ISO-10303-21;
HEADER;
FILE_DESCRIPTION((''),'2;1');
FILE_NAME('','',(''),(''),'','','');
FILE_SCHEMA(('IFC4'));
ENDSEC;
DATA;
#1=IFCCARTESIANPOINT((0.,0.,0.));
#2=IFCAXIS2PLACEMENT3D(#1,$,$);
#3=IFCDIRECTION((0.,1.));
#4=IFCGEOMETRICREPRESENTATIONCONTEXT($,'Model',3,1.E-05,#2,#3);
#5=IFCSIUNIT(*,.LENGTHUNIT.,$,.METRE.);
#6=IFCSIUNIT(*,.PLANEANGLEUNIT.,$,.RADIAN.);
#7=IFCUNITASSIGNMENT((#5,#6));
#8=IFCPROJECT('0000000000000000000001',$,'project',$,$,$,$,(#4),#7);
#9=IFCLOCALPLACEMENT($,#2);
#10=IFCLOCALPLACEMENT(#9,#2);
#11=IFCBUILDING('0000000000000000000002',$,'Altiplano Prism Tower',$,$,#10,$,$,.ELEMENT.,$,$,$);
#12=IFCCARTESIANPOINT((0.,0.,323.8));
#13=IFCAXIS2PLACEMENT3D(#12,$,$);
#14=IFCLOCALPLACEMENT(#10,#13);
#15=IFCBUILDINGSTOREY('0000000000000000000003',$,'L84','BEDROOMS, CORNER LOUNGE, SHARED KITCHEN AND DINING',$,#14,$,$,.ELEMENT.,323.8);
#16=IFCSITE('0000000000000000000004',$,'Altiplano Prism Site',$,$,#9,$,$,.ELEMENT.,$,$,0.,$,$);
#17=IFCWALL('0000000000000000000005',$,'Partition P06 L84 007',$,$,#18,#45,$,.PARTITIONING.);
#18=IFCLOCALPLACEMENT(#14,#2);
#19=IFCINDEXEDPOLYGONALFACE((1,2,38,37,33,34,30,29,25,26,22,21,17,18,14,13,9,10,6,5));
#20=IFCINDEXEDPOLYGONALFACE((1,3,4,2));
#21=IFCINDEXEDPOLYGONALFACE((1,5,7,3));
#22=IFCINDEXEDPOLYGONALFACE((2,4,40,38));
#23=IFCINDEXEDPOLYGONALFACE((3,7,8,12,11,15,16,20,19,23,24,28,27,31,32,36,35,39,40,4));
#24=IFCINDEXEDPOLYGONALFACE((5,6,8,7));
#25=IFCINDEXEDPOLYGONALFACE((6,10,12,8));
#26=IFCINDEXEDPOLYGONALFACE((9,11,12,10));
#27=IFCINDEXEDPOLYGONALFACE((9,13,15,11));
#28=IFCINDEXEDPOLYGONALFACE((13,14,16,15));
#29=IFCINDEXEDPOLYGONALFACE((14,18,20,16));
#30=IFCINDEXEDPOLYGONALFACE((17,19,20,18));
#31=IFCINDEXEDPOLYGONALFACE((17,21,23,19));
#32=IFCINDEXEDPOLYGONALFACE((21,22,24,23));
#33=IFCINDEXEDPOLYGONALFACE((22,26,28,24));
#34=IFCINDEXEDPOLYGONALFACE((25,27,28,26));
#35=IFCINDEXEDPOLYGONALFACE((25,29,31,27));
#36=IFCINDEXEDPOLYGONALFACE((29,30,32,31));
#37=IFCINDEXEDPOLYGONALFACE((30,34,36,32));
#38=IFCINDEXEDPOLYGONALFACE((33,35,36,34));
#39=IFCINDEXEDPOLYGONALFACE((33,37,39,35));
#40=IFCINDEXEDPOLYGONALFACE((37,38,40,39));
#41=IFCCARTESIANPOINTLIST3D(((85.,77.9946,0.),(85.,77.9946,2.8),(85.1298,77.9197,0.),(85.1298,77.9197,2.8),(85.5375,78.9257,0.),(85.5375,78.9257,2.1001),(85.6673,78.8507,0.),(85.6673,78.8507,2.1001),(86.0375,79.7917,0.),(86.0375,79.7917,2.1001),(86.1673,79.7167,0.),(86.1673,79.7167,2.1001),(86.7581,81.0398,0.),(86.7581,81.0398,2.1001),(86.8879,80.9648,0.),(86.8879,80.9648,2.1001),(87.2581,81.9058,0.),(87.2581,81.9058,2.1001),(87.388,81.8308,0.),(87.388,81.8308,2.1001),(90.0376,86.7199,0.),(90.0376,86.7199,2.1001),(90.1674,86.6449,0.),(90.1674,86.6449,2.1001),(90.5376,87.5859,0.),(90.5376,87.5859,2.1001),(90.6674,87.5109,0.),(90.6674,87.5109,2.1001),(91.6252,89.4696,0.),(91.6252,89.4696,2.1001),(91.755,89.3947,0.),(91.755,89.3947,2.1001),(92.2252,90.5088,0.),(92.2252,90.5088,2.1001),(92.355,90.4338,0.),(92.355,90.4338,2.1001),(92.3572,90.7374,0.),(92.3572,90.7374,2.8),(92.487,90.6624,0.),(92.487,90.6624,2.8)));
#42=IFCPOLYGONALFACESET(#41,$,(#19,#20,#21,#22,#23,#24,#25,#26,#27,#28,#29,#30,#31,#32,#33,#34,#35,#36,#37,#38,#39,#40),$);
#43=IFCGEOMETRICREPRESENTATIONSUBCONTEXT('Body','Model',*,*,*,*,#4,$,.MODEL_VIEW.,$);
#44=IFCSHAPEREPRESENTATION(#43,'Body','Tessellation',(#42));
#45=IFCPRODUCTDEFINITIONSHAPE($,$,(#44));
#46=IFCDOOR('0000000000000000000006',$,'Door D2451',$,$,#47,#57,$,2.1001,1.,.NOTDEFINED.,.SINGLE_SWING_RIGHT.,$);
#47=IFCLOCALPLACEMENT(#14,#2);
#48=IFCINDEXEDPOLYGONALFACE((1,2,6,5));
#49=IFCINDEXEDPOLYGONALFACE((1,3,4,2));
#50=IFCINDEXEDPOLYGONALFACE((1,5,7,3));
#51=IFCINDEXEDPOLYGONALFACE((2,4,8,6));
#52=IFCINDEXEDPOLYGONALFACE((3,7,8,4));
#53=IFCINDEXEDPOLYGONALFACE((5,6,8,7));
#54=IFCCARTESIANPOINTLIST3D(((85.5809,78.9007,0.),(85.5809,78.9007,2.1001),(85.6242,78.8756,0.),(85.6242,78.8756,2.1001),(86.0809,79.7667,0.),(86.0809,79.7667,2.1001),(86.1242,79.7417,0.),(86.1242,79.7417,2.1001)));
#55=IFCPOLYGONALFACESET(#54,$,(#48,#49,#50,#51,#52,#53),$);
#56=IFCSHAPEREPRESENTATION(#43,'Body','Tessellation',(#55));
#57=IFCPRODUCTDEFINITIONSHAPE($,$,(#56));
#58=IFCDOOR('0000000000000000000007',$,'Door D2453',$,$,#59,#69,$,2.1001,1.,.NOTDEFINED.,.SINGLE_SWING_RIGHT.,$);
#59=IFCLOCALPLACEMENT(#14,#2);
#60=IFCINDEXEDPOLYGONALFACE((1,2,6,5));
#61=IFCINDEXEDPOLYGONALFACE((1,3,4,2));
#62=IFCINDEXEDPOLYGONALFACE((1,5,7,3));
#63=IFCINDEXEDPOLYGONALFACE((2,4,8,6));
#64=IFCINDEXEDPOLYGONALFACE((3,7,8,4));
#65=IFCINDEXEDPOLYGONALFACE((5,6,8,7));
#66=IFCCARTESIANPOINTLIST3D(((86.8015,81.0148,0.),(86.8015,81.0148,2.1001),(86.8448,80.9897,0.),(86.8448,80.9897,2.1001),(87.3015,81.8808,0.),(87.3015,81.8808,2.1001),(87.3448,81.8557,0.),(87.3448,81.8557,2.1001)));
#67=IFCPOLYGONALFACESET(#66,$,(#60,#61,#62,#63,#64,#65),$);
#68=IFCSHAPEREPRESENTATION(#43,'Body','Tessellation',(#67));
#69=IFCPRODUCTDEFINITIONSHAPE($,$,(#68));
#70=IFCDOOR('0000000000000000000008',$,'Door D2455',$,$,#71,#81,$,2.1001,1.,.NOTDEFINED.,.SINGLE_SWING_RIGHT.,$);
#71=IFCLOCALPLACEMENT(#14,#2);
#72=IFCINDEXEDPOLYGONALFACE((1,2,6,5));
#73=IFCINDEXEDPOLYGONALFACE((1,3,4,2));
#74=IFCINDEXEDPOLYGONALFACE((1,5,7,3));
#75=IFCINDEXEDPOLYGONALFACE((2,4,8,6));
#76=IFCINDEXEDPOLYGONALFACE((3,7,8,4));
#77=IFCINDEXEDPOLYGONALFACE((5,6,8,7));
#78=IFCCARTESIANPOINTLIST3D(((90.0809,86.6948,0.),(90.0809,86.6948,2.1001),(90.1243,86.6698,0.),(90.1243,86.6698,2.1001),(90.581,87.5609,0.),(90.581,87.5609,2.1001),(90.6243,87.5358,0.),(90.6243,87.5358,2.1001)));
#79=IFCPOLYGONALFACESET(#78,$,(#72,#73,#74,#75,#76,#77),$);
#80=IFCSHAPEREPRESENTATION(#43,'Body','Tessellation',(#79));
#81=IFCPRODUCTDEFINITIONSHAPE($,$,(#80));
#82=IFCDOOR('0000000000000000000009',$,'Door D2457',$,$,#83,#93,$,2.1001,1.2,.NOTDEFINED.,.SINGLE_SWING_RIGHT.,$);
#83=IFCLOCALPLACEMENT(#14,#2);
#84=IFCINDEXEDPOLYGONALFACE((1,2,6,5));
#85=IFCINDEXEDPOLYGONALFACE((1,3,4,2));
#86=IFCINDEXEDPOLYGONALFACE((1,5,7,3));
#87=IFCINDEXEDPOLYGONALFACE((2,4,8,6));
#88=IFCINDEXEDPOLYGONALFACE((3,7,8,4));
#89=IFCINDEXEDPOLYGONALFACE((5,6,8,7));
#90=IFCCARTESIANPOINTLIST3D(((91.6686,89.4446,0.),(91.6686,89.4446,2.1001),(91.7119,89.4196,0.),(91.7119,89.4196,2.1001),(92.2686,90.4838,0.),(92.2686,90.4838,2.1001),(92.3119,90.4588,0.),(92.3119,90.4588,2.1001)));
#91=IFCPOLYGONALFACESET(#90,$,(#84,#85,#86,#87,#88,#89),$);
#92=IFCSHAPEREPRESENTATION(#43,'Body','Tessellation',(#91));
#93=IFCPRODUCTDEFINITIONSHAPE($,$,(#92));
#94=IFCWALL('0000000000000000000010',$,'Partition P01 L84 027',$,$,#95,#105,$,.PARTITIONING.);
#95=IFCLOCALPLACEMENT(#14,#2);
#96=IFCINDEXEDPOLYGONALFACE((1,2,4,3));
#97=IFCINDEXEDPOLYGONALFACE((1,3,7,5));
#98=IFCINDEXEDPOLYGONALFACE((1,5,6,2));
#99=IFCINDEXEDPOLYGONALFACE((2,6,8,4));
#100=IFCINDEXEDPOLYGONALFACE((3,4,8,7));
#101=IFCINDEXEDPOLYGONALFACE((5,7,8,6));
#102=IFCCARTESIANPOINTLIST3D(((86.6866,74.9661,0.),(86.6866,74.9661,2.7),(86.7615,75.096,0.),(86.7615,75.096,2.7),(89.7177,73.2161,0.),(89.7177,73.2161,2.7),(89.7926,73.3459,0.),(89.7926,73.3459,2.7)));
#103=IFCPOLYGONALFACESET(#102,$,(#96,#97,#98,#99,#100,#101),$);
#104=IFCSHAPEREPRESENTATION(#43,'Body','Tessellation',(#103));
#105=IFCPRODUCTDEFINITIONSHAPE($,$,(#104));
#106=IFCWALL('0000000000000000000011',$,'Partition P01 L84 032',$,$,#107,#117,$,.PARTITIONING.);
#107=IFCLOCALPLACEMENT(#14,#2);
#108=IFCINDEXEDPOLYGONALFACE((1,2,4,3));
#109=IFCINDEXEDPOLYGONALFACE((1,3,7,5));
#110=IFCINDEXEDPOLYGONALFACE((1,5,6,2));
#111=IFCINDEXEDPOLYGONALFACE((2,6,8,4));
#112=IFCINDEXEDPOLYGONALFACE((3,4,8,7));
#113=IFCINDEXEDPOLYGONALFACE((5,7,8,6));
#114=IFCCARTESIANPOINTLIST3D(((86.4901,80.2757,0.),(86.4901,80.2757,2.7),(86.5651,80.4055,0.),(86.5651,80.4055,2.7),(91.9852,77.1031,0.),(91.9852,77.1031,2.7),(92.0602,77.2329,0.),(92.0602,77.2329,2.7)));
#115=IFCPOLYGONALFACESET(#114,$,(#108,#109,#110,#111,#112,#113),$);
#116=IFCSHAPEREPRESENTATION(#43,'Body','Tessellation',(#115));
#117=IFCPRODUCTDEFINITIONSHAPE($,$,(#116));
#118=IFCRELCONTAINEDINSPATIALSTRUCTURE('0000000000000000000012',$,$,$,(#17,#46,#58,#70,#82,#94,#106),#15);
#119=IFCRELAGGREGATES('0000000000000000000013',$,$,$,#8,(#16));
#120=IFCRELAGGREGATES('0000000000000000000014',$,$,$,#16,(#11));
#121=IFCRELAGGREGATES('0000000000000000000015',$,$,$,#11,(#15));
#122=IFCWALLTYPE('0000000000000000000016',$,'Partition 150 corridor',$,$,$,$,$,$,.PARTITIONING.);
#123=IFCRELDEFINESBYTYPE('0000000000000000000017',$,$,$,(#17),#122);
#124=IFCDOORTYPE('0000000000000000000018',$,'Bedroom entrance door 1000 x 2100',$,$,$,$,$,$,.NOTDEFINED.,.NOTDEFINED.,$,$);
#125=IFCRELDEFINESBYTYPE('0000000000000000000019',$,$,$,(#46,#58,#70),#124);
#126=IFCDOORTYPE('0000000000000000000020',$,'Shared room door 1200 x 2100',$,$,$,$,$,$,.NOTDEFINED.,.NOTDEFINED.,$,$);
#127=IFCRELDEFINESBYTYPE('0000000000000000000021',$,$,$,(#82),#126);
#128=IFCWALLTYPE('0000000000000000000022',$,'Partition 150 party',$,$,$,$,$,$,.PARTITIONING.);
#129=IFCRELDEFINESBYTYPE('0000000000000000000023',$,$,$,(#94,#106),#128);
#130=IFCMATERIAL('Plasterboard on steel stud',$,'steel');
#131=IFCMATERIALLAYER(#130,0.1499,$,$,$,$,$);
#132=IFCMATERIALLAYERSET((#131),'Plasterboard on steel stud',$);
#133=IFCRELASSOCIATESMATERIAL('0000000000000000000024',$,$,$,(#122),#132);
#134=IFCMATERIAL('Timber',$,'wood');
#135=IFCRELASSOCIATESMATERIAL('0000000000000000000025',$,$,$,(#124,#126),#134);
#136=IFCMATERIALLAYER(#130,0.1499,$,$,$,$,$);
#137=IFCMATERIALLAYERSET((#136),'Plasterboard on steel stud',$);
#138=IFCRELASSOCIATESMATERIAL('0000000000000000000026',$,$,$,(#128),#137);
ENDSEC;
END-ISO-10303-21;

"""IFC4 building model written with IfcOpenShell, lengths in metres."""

from ifc_helpers import new_model, si_unit, direction, frame, frame_2d, origin, place, context, subcontext, project, spatial, rectangle, extrude, material, layer, layer_set, type_object, element, fill, save


model = new_model("IFC4")

# Units and contexts
model_context = context("Model", 3, precision=1e-05, world=origin(), true_north=direction((0.0, 1.0)))
body_context = subcontext(model_context, "Body", "Model", "MODEL_VIEW")
ifc_project = project(units=[si_unit("LENGTHUNIT", "METRE"), si_unit("PLANEANGLEUNIT", "RADIAN")], contexts=[model_context])

# Site, building, storey
site_placement = place(None, origin())
site = spatial("IfcSite", under=ifc_project, at=site_placement, Name="Altiplano Prism Site", CompositionType="ELEMENT", RefElevation=0.0)
building_placement = place(site_placement, origin())
building = spatial("IfcBuilding", under=site, at=building_placement, Name="Altiplano Prism Tower", CompositionType="ELEMENT")
storey_placement = place(building_placement, frame((0.0, 0.0, 323.8)))
storey = spatial("IfcBuildingStorey", under=building, at=storey_placement, Name="L84", Description="BEDROOMS, CORNER LOUNGE, SHARED KITCHEN AND DINING", CompositionType="ELEMENT", Elevation=323.8)

# Shared definitions
ifc_material_1 = material(Name="Plasterboard on steel stud", Category="steel")
ifc_material_2 = material(Name="Timber", Category="wood")

# Wall, openings, doors
ifc_layer_1 = layer(ifc_material_1, 0.1499)
ifc_layer_set_1 = layer_set([ifc_layer_1], Name="Plasterboard on steel stud")
wall_type_1 = type_object("IfcWallType", Name="Partition 150 corridor", PredefinedType="PARTITIONING", material=ifc_layer_set_1)
wall_1_placement = place(storey_placement, frame((85.0649, 77.9573, 0.0), z_axis=(0.0, 0.0, 1.0), x_axis=(0.50001, 0.86602, 0.0)))
wall_1 = element("IfcWall", 1, at=wall_1_placement, inside=storey, type_object=wall_type_1, Name="Partition P06 L84 007", PredefinedType="PARTITIONING", context=body_context, shape_type="SweptSolid", body=[
    extrude(rectangle(XDim=14.7141, YDim=0.1499, at=frame_2d((7.3569, 0.0))), origin(), (0.0, 0.0, 1.0), 2.8),
])
opening_1_placement = place(wall_1_placement, frame((1.075, 0.0, 0.0)))
opening_1 = element("IfcOpeningElement", 2, at=opening_1_placement, cuts=wall_1, PredefinedType="OPENING", context=body_context, shape_type="SweptSolid", body=[
    extrude(rectangle(XDim=1.0, YDim=2.1001, at=frame_2d((0.5, 1.05))), frame((0.0, 0.0854, 0.0), z_axis=(0.0, -1.0, 0.0), x_axis=(1.0, 0.0, 0.0)), (0.0, 0.0, 1.0), 0.1709),
])
opening_2_placement = place(wall_1_placement, frame((3.5161, 0.0, 0.0)))
opening_2 = element("IfcOpeningElement", 3, at=opening_2_placement, cuts=wall_1, PredefinedType="OPENING", context=body_context, shape_type="SweptSolid", body=[
    extrude(rectangle(XDim=1.0, YDim=2.1001, at=frame_2d((0.5, 1.05))), frame((0.0, 0.0854, 0.0), z_axis=(0.0, -1.0, 0.0), x_axis=(1.0, 0.0, 0.0)), (0.0, 0.0, 1.0), 0.1709),
])
opening_3_placement = place(wall_1_placement, frame((10.075, 0.0, 0.0)))
opening_3 = element("IfcOpeningElement", 4, at=opening_3_placement, cuts=wall_1, PredefinedType="OPENING", context=body_context, shape_type="SweptSolid", body=[
    extrude(rectangle(XDim=1.0, YDim=2.1001, at=frame_2d((0.5, 1.05))), frame((0.0, 0.0854, 0.0), z_axis=(0.0, -1.0, 0.0), x_axis=(1.0, 0.0, 0.0)), (0.0, 0.0, 1.0), 0.1709),
])
opening_4_placement = place(wall_1_placement, frame((13.25, 0.0, 0.0)))
opening_4 = element("IfcOpeningElement", 5, at=opening_4_placement, cuts=wall_1, PredefinedType="OPENING", context=body_context, shape_type="SweptSolid", body=[
    extrude(rectangle(XDim=1.2, YDim=2.1001, at=frame_2d((0.6001, 1.05))), frame((0.0, 0.0854, 0.0), z_axis=(0.0, -1.0, 0.0), x_axis=(1.0, 0.0, 0.0)), (0.0, 0.0, 1.0), 0.1709),
])
door_type_1 = type_object("IfcDoorType", Name="Bedroom entrance door 1000 x 2100", OperationType="NOTDEFINED", PredefinedType="NOTDEFINED", material=ifc_material_2)
door_1_placement = place(opening_1_placement, origin())
door_1 = element("IfcDoor", 6, at=door_1_placement, inside=storey, type_object=door_type_1, Name="Door D2451", OperationType="SINGLE_SWING_RIGHT", OverallHeight=2.1001, OverallWidth=1.0, PredefinedType="NOTDEFINED", context=body_context, shape_type="SweptSolid", body=[
    extrude(rectangle(XDim=1.0, YDim=2.1001, at=frame_2d((0.5, 1.05))), frame((0.0, 0.0249, 0.0), z_axis=(0.0, -1.0, 0.0), x_axis=(1.0, 0.0, 0.0)), (0.0, 0.0, 1.0), 0.05),
])
fill(opening_1, door_1)
door_2_placement = place(opening_2_placement, origin())
door_2 = element("IfcDoor", 7, at=door_2_placement, inside=storey, type_object=door_type_1, Name="Door D2453", OperationType="SINGLE_SWING_RIGHT", OverallHeight=2.1001, OverallWidth=1.0, PredefinedType="NOTDEFINED", context=body_context, shape_type="SweptSolid", body=[
    extrude(rectangle(XDim=1.0, YDim=2.1001, at=frame_2d((0.5, 1.05))), frame((0.0, 0.0249, 0.0), z_axis=(0.0, -1.0, 0.0), x_axis=(1.0, 0.0, 0.0)), (0.0, 0.0, 1.0), 0.05),
])
fill(opening_2, door_2)
door_3_placement = place(opening_3_placement, origin())
door_3 = element("IfcDoor", 8, at=door_3_placement, inside=storey, type_object=door_type_1, Name="Door D2455", OperationType="SINGLE_SWING_RIGHT", OverallHeight=2.1001, OverallWidth=1.0, PredefinedType="NOTDEFINED", context=body_context, shape_type="SweptSolid", body=[
    extrude(rectangle(XDim=1.0, YDim=2.1001, at=frame_2d((0.5, 1.05))), frame((0.0, 0.0249, 0.0), z_axis=(0.0, -1.0, 0.0), x_axis=(1.0, 0.0, 0.0)), (0.0, 0.0, 1.0), 0.05),
])
fill(opening_3, door_3)
door_type_2 = type_object("IfcDoorType", Name="Shared room door 1200 x 2100", OperationType="NOTDEFINED", PredefinedType="NOTDEFINED", material=ifc_material_2)
door_4_placement = place(opening_4_placement, origin())
door_4 = element("IfcDoor", 9, at=door_4_placement, inside=storey, type_object=door_type_2, Name="Door D2457", OperationType="SINGLE_SWING_RIGHT", OverallHeight=2.1001, OverallWidth=1.2, PredefinedType="NOTDEFINED", context=body_context, shape_type="SweptSolid", body=[
    extrude(rectangle(XDim=1.2, YDim=2.1001, at=frame_2d((0.6001, 1.05))), frame((0.0, 0.0249, 0.0), z_axis=(0.0, -1.0, 0.0), x_axis=(1.0, 0.0, 0.0)), (0.0, 0.0, 1.0), 0.05),
])
fill(opening_4, door_4)

# Walls
ifc_layer_2 = layer(ifc_material_1, 0.1499)
ifc_layer_set_2 = layer_set([ifc_layer_2], Name="Plasterboard on steel stud")
wall_type_2 = type_object("IfcWallType", Name="Partition 150 party", PredefinedType="PARTITIONING", material=ifc_layer_set_2)
wall_2_placement = place(storey_placement, frame((89.7551, 73.281, 0.0), z_axis=(0.0, 0.0, 1.0), x_axis=(-0.866019, 0.50001, 0.0)))
element("IfcWall", 10, at=wall_2_placement, inside=storey, type_object=wall_type_2, Name="Partition P01 L84 027", PredefinedType="PARTITIONING", context=body_context, shape_type="SweptSolid", body=[
    extrude(rectangle(XDim=3.5, YDim=0.1499, at=frame_2d((1.75, 0.0))), origin(), (0.0, 0.0, 1.0), 2.7),
])
wall_3_placement = place(storey_placement, frame((92.0227, 77.168, 0.0), z_axis=(0.0, 0.0, 1.0), x_axis=(-0.866025, 0.5, 0.0)))
element("IfcWall", 11, at=wall_3_placement, inside=storey, type_object=wall_type_2, Name="Partition P01 L84 032", PredefinedType="PARTITIONING", context=body_context, shape_type="SweptSolid", body=[
    extrude(rectangle(XDim=6.3452, YDim=0.1499, at=frame_2d((3.1726, 0.0))), origin(), (0.0, 0.0, 1.0), 2.7),
])

save(model, "model.ifc")
